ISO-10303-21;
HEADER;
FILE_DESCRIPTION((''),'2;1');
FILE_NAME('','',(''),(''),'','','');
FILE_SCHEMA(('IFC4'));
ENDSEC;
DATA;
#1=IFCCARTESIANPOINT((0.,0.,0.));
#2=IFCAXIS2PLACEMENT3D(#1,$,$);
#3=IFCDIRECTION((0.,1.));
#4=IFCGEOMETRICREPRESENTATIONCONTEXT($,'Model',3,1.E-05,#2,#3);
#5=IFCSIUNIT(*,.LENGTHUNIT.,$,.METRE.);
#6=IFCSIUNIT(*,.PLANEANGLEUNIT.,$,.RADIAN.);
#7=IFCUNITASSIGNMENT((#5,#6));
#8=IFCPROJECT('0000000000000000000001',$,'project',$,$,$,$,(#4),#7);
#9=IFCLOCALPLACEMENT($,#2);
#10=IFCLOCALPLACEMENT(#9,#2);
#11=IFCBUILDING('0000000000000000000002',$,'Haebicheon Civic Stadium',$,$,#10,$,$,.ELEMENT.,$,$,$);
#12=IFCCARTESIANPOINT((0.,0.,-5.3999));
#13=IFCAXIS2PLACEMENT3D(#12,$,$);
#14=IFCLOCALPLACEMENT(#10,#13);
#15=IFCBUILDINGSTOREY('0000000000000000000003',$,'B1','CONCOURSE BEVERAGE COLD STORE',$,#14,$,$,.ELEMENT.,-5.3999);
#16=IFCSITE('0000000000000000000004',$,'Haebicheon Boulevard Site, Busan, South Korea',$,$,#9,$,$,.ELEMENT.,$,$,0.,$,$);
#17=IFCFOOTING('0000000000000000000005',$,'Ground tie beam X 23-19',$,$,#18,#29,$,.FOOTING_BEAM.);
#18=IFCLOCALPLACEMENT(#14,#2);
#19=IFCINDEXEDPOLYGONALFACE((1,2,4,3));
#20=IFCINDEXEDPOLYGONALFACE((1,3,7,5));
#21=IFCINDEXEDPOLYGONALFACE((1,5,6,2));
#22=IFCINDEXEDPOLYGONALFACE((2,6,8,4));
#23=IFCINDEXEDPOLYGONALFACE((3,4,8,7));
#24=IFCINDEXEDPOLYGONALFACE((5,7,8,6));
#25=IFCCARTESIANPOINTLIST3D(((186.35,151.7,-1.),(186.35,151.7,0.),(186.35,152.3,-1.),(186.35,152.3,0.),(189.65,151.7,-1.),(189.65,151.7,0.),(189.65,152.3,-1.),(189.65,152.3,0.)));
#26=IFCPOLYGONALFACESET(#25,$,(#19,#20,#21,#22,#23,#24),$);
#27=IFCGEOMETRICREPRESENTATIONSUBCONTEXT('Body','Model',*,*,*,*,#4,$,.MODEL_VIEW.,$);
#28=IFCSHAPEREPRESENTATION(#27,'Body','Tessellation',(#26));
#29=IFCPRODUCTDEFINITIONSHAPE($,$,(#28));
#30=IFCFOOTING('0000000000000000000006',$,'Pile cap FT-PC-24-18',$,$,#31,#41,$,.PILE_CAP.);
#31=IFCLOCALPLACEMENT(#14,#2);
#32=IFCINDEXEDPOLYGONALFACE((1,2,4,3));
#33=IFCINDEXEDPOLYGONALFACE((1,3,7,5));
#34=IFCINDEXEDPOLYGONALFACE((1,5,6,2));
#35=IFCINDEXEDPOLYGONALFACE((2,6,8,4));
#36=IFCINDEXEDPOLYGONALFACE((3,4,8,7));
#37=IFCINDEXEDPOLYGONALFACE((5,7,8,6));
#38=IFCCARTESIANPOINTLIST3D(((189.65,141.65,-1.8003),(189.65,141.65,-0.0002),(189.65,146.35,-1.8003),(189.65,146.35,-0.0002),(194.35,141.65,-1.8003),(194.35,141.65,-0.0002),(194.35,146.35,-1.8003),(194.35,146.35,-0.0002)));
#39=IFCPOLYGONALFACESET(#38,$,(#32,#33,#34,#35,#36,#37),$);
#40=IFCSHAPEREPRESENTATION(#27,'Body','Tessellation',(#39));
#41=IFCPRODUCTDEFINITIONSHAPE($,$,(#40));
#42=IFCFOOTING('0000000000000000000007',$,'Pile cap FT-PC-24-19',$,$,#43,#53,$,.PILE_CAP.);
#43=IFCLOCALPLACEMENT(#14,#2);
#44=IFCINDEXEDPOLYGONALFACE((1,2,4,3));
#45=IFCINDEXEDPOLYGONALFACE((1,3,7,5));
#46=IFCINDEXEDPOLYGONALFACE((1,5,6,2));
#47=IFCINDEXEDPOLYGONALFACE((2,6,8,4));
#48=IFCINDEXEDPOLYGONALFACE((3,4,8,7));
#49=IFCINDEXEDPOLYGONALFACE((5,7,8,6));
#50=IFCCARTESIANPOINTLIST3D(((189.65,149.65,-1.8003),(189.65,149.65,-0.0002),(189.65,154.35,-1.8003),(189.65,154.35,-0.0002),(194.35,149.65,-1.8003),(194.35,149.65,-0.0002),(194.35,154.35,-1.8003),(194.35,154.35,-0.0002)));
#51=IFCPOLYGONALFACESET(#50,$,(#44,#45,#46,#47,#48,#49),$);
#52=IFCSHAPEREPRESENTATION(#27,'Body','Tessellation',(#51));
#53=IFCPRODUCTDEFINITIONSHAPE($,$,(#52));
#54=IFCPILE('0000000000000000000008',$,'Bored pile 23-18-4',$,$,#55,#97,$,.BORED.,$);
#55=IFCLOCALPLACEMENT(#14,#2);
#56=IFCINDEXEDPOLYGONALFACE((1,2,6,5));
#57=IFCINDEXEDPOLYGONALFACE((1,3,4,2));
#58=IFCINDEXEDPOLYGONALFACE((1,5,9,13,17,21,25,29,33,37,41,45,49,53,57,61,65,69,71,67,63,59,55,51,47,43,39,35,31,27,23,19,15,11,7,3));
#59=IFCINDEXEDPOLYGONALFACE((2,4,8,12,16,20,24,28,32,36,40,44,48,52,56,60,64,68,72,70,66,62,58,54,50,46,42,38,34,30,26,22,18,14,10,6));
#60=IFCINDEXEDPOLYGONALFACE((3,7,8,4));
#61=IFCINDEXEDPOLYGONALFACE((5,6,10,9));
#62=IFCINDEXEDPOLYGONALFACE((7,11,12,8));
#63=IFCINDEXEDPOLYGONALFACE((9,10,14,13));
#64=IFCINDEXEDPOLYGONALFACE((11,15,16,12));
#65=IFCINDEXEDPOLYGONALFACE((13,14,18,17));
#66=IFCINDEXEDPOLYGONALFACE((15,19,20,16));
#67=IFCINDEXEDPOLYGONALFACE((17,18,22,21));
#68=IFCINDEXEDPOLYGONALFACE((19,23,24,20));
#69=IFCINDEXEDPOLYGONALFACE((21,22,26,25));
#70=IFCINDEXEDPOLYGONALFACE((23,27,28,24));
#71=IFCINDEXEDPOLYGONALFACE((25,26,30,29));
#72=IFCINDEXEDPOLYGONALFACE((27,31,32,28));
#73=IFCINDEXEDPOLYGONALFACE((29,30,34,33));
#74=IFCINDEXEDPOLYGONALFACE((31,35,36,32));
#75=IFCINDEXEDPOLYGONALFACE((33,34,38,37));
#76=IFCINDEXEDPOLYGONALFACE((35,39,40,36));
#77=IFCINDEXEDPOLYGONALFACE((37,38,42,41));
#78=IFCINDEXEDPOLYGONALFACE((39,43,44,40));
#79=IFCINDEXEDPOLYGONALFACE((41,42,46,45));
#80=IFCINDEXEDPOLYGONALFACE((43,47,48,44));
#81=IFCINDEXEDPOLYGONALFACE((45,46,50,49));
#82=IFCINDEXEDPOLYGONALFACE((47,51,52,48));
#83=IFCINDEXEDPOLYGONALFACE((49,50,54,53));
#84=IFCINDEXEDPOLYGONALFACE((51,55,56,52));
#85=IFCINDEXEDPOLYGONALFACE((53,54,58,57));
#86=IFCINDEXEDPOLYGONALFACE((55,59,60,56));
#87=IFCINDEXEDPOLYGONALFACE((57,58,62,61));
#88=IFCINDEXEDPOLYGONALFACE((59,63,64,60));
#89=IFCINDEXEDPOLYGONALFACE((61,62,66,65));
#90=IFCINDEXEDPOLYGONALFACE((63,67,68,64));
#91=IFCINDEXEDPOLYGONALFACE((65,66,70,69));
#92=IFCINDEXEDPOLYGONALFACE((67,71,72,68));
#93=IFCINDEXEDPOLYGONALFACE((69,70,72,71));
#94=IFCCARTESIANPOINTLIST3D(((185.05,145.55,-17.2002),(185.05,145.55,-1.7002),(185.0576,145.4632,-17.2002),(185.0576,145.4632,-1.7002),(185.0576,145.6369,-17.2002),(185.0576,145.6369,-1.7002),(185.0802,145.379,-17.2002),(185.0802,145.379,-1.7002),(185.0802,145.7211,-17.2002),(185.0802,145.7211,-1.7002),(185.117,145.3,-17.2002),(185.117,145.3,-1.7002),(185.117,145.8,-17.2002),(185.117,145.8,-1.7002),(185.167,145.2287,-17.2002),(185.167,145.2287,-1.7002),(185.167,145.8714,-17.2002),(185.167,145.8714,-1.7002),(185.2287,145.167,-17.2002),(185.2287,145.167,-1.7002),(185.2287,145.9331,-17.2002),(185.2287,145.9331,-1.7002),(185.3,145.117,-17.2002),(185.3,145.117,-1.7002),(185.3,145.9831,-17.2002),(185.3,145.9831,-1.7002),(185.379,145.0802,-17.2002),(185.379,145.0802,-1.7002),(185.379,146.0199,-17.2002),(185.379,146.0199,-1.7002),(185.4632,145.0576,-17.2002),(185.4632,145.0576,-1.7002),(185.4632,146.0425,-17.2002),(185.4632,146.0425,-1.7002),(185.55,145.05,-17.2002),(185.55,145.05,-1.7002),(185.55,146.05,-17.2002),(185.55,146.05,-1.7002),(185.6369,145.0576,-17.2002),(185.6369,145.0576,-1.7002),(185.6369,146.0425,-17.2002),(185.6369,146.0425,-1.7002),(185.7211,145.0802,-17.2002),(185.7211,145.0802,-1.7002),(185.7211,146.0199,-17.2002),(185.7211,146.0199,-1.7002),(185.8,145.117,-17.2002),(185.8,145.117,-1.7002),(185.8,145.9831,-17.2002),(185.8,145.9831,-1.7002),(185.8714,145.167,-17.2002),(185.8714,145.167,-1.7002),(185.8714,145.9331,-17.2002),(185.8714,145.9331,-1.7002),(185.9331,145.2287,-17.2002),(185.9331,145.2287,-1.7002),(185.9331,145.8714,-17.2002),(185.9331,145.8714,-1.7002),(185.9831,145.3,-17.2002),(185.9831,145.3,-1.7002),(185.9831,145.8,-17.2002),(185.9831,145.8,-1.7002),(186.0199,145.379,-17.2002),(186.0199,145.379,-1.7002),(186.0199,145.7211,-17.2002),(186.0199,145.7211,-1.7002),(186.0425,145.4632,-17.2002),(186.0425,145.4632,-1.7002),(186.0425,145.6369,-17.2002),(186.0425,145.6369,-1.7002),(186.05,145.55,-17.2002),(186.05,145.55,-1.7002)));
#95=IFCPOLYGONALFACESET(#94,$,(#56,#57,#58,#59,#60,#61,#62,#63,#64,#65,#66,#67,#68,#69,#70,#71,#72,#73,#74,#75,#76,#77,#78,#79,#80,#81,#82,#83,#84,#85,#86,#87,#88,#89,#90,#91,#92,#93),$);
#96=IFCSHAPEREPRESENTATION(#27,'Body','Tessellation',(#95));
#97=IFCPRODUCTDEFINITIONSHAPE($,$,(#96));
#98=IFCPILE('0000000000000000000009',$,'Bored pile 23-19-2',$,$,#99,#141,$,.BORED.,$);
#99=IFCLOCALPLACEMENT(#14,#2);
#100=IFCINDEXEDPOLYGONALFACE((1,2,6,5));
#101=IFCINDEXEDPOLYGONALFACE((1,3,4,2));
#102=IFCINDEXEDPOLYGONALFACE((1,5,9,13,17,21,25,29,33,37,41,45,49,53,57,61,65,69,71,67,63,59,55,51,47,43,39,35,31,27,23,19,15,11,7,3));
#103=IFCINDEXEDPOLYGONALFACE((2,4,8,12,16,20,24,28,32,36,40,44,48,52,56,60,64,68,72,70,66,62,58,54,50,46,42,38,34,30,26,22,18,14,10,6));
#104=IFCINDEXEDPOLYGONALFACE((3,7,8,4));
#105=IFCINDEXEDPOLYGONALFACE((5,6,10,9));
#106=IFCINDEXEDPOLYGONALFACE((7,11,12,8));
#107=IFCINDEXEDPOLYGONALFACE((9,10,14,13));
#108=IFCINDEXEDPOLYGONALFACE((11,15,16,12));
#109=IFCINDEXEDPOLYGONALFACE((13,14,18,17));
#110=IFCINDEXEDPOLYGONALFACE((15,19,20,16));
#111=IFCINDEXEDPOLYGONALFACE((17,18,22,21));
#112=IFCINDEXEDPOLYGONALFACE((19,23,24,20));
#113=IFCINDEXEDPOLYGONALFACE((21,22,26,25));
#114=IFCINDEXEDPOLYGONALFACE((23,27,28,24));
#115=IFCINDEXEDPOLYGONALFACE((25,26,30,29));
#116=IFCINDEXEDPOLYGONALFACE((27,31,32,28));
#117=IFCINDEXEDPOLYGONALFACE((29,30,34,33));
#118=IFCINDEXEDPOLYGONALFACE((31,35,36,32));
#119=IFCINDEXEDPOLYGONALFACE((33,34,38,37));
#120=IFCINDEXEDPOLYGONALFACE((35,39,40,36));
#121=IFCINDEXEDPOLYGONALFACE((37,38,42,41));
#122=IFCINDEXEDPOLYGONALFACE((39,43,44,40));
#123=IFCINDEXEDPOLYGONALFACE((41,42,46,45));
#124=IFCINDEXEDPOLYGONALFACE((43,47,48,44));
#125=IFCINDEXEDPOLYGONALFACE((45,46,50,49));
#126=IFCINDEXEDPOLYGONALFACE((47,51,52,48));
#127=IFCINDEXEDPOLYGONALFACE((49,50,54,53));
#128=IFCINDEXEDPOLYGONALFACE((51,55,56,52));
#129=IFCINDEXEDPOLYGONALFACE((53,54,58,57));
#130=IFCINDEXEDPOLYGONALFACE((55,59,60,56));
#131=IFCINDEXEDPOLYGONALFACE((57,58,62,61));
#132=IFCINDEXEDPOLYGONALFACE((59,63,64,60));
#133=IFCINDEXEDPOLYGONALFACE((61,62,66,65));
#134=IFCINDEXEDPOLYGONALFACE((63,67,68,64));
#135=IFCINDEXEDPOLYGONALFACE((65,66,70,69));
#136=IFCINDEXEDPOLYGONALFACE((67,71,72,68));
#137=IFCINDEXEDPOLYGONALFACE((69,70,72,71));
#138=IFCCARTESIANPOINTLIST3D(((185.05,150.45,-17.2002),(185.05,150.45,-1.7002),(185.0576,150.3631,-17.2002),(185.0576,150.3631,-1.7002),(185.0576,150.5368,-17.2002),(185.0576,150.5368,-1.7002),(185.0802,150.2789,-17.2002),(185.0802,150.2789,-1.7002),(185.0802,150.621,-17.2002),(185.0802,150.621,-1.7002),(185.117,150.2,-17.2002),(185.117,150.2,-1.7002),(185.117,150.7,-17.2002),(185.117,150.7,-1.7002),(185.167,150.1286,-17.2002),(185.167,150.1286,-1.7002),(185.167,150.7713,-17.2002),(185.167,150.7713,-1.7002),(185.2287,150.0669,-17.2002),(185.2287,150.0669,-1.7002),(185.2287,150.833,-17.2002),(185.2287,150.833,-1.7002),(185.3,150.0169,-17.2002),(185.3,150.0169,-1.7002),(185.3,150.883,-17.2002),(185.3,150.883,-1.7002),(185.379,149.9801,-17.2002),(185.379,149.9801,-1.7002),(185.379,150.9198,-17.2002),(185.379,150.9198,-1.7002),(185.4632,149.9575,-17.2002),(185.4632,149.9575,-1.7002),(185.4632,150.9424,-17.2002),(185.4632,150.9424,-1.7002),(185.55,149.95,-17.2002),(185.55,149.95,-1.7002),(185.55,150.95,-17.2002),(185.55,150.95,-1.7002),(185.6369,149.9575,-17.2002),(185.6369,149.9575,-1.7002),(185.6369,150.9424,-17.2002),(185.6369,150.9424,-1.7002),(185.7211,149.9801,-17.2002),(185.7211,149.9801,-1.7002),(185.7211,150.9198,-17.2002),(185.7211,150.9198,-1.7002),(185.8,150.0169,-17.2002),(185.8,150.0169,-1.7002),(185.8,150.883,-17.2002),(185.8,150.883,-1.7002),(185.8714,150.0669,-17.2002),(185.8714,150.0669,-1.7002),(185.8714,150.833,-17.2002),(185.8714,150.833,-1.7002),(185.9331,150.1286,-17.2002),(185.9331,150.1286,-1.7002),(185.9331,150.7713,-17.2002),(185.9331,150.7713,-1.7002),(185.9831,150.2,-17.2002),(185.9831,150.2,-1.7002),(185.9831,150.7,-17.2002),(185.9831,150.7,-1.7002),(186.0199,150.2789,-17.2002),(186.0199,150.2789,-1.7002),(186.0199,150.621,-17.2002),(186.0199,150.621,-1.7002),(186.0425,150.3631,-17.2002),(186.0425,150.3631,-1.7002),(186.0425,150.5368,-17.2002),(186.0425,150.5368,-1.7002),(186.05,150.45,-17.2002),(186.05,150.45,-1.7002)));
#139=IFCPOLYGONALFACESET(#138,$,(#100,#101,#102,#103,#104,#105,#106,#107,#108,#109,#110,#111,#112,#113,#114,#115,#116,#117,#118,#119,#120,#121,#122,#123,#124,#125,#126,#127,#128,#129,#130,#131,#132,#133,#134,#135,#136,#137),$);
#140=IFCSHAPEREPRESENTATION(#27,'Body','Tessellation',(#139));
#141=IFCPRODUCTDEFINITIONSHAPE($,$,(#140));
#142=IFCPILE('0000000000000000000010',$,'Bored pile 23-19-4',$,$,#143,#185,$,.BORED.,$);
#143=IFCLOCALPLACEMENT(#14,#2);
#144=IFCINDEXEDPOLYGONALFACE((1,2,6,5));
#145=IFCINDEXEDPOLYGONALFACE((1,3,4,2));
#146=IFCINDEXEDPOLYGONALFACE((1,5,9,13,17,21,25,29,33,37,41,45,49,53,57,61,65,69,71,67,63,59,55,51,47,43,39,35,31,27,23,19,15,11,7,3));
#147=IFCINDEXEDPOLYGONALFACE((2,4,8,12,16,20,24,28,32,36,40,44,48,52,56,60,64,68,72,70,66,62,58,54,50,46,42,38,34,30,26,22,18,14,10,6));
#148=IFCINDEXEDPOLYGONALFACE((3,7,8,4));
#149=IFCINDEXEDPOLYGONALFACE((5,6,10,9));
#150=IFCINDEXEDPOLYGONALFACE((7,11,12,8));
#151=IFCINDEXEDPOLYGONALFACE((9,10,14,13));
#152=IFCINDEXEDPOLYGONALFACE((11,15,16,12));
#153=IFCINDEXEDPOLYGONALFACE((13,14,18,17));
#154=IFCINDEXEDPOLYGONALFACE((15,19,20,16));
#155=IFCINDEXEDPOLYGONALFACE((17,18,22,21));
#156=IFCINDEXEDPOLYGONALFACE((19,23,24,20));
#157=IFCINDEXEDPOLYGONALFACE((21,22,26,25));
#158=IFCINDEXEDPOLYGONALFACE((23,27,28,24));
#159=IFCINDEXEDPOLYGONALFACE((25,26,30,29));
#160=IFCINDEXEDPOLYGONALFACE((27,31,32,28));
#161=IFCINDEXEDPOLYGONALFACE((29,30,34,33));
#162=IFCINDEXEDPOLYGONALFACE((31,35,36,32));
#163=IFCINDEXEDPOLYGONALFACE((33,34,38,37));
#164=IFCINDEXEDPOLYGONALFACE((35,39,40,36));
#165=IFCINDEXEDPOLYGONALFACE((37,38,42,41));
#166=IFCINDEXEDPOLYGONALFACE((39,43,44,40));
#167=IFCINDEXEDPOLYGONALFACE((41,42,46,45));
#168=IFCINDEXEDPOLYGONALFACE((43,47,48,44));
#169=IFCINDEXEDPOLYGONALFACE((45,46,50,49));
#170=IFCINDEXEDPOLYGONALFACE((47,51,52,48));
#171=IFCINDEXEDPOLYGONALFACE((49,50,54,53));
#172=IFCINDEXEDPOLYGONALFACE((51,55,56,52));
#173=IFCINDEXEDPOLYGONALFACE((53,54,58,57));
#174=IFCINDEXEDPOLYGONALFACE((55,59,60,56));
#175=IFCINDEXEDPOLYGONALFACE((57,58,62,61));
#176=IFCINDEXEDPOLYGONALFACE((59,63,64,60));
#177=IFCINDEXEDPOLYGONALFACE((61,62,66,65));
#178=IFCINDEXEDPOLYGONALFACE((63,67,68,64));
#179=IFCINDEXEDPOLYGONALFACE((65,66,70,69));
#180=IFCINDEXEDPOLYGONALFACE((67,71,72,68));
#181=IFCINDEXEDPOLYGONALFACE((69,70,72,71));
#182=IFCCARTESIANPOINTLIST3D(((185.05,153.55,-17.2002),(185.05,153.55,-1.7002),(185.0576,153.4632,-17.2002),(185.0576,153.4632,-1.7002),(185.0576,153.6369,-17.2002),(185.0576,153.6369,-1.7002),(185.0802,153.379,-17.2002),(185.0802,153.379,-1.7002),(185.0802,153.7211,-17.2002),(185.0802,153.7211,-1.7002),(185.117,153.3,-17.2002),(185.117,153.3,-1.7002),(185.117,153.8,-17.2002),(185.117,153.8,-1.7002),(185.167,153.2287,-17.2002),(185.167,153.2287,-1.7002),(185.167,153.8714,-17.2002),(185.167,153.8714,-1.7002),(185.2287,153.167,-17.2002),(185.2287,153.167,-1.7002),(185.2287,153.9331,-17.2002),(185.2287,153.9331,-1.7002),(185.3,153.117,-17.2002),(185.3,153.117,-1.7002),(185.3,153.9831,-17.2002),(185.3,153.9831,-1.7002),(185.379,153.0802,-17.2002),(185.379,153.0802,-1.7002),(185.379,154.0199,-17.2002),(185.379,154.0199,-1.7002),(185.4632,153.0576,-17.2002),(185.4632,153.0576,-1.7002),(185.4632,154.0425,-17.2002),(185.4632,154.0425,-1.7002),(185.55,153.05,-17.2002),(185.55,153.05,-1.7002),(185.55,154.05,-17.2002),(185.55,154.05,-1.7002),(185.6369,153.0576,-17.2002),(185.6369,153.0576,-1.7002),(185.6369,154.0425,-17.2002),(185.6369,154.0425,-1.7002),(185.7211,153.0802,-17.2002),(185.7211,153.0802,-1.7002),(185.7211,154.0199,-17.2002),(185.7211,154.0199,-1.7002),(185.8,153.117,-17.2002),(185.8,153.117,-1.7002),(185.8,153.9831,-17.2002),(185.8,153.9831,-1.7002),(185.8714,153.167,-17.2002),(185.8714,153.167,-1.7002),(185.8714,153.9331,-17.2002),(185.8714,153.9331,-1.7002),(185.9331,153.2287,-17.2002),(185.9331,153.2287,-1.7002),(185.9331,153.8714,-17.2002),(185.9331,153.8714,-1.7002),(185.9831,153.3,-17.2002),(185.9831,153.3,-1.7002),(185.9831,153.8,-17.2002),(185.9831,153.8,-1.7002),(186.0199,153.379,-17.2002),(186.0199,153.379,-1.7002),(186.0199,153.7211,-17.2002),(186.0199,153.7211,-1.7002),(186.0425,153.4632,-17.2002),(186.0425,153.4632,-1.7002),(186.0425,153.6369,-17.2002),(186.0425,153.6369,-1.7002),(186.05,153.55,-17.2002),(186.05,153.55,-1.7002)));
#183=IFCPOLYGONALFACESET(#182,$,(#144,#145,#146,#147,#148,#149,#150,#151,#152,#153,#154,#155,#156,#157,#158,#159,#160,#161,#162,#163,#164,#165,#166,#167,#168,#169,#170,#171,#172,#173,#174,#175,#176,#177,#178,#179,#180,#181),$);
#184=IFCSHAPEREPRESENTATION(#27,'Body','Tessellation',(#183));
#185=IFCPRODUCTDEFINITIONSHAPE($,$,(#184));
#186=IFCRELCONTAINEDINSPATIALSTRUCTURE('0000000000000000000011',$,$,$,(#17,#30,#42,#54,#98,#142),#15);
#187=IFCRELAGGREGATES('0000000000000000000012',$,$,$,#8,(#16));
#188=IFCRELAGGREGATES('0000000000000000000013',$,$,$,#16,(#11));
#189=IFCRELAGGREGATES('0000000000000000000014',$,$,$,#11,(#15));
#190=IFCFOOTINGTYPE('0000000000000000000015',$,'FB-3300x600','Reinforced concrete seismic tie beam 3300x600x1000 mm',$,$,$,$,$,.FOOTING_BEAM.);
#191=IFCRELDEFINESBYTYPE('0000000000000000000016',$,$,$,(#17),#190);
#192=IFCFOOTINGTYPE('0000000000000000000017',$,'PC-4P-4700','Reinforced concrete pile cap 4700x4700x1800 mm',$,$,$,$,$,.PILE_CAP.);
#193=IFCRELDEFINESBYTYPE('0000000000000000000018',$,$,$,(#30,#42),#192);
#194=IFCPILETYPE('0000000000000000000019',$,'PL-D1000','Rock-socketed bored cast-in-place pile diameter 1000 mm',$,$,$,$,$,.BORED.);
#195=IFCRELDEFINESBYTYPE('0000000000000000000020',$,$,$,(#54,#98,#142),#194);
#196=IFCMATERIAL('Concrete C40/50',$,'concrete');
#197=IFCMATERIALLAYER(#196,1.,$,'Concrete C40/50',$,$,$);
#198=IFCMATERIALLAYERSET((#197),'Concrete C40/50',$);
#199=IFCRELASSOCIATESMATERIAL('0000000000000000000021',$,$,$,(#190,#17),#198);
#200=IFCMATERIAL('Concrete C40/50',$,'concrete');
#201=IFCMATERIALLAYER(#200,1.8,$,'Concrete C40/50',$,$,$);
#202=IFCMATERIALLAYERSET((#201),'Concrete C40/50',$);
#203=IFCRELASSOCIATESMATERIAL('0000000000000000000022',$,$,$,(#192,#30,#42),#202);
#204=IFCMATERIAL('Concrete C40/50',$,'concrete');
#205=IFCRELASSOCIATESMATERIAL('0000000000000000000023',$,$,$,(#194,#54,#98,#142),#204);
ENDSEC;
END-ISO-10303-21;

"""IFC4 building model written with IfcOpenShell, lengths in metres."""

from ifc_helpers import new_model, si_unit, direction, frame, origin, origin_2d, place, context, subcontext, project, spatial, rectangle, circle, extrude, material, layer, layer_set, material_profile, profile_set, type_object, element, save


model = new_model("IFC4")

# Units and contexts
model_context = context("Model", 3, precision=1e-05, world=origin(), true_north=direction((0.0, 1.0)))
body_context = subcontext(model_context, "Body", "Model", "MODEL_VIEW")
ifc_project = project(units=[si_unit("LENGTHUNIT", "METRE"), si_unit("PLANEANGLEUNIT", "RADIAN")], contexts=[model_context])

# Site, building, storey
site_placement = place(None, origin())
site = spatial("IfcSite", under=ifc_project, at=site_placement, Name="Haebicheon Boulevard Site, Busan, South Korea", CompositionType="ELEMENT", RefElevation=0.0)
building_placement = place(site_placement, origin())
building = spatial("IfcBuilding", under=site, at=building_placement, Name="Haebicheon Civic Stadium", CompositionType="ELEMENT")
storey_placement = place(building_placement, frame((0.0, 0.0, -5.3999)))
storey = spatial("IfcBuildingStorey", under=building, at=storey_placement, Name="B1", Description="CONCOURSE BEVERAGE COLD STORE", CompositionType="ELEMENT", Elevation=-5.3999)

# Footings
ifc_material_1 = material(Name="Concrete C40/50", Category="concrete")
ifc_layer_1 = layer(ifc_material_1, 1.0, Name="Concrete C40/50")
ifc_layer_set_1 = layer_set([ifc_layer_1], Name="Concrete C40/50")
footing_type_1 = type_object("IfcFootingType", Name="FB-3300x600", Description="Reinforced concrete seismic tie beam 3300x600x1000 mm", PredefinedType="FOOTING_BEAM", material=ifc_layer_set_1)
footing_placement = place(storey_placement, frame((188.0, 152.0, -1.0), z_axis=(0.0, 0.0, 1.0), x_axis=(1.0, 0.0, 0.0)))
element("IfcFooting", 1, at=footing_placement, inside=storey, type_object=footing_type_1, material=ifc_layer_set_1, Name="Ground tie beam X 23-19", PredefinedType="FOOTING_BEAM", context=body_context, shape_type="SweptSolid", body=[
    extrude(rectangle(XDim=3.3, YDim=0.6001, at=origin_2d()), origin(), (0.0, 0.0, 1.0), 1.0),
])
ifc_material_2 = material(Name="Concrete C40/50", Category="concrete")
ifc_layer_2 = layer(ifc_material_2, 1.8, Name="Concrete C40/50")
ifc_layer_set_2 = layer_set([ifc_layer_2], Name="Concrete C40/50")
footing_type_2 = type_object("IfcFootingType", Name="PC-4P-4700", Description="Reinforced concrete pile cap 4700x4700x1800 mm", PredefinedType="PILE_CAP", material=ifc_layer_set_2)
for number, where, z_axis, x_axis, name in (
    (2, (192.0, 144.0, -1.8003), (0.0, 0.0, 1.0), (1.0, 0.0, 0.0), "Pile cap FT-PC-24-18"),
    (3, (192.0, 152.0, -1.8003), (0.0, 0.0, 1.0), (1.0, 0.0, 0.0), "Pile cap FT-PC-24-19"),
):
    element("IfcFooting", number, at=place(storey_placement, frame(where, z_axis=z_axis, x_axis=x_axis)), inside=storey, type_object=footing_type_2, material=ifc_layer_set_2, Name=name, PredefinedType="PILE_CAP", context=body_context, shape_type="SweptSolid", body=[
        extrude(rectangle(XDim=4.7, YDim=4.7, at=origin_2d()), origin(), (0.0, 0.0, 1.0), 1.8),
    ])

# Piles
ifc_material_3 = material(Name="Concrete C40/50", Category="concrete")
ifc_material_profile_1 = material_profile(ifc_material_3, circle(Radius=0.5, at=origin_2d()), Name="PILE-D1000")
ifc_profile_set_1 = profile_set([ifc_material_profile_1], Name="Concrete C40/50")
pile_type = type_object("IfcPileType", Name="PL-D1000", Description="Rock-socketed bored cast-in-place pile diameter 1000 mm", PredefinedType="BORED", material=ifc_profile_set_1)
for number, where, z_axis, x_axis, name in (
    (4, (185.55, 145.55, -1.7002), (0.0, 0.0, -1.0), (1.0, 0.0, 0.0), "Bored pile 23-18-4"),
    (5, (185.55, 150.45, -1.7002), (0.0, 0.0, -1.0), (1.0, 0.0, 0.0), "Bored pile 23-19-2"),
    (6, (185.55, 153.55, -1.7002), (0.0, 0.0, -1.0), (1.0, 0.0, 0.0), "Bored pile 23-19-4"),
):
    element("IfcPile", number, at=place(storey_placement, frame(where, z_axis=z_axis, x_axis=x_axis)), inside=storey, type_object=pile_type, material=ifc_profile_set_1, Name=name, PredefinedType="BORED", context=body_context, shape_type="SweptSolid", body=[
        extrude(circle(Radius=0.5, at=origin_2d()), origin(), (0.0, 0.0, 1.0), 15.5),
    ])

save(model, "model.ifc")
